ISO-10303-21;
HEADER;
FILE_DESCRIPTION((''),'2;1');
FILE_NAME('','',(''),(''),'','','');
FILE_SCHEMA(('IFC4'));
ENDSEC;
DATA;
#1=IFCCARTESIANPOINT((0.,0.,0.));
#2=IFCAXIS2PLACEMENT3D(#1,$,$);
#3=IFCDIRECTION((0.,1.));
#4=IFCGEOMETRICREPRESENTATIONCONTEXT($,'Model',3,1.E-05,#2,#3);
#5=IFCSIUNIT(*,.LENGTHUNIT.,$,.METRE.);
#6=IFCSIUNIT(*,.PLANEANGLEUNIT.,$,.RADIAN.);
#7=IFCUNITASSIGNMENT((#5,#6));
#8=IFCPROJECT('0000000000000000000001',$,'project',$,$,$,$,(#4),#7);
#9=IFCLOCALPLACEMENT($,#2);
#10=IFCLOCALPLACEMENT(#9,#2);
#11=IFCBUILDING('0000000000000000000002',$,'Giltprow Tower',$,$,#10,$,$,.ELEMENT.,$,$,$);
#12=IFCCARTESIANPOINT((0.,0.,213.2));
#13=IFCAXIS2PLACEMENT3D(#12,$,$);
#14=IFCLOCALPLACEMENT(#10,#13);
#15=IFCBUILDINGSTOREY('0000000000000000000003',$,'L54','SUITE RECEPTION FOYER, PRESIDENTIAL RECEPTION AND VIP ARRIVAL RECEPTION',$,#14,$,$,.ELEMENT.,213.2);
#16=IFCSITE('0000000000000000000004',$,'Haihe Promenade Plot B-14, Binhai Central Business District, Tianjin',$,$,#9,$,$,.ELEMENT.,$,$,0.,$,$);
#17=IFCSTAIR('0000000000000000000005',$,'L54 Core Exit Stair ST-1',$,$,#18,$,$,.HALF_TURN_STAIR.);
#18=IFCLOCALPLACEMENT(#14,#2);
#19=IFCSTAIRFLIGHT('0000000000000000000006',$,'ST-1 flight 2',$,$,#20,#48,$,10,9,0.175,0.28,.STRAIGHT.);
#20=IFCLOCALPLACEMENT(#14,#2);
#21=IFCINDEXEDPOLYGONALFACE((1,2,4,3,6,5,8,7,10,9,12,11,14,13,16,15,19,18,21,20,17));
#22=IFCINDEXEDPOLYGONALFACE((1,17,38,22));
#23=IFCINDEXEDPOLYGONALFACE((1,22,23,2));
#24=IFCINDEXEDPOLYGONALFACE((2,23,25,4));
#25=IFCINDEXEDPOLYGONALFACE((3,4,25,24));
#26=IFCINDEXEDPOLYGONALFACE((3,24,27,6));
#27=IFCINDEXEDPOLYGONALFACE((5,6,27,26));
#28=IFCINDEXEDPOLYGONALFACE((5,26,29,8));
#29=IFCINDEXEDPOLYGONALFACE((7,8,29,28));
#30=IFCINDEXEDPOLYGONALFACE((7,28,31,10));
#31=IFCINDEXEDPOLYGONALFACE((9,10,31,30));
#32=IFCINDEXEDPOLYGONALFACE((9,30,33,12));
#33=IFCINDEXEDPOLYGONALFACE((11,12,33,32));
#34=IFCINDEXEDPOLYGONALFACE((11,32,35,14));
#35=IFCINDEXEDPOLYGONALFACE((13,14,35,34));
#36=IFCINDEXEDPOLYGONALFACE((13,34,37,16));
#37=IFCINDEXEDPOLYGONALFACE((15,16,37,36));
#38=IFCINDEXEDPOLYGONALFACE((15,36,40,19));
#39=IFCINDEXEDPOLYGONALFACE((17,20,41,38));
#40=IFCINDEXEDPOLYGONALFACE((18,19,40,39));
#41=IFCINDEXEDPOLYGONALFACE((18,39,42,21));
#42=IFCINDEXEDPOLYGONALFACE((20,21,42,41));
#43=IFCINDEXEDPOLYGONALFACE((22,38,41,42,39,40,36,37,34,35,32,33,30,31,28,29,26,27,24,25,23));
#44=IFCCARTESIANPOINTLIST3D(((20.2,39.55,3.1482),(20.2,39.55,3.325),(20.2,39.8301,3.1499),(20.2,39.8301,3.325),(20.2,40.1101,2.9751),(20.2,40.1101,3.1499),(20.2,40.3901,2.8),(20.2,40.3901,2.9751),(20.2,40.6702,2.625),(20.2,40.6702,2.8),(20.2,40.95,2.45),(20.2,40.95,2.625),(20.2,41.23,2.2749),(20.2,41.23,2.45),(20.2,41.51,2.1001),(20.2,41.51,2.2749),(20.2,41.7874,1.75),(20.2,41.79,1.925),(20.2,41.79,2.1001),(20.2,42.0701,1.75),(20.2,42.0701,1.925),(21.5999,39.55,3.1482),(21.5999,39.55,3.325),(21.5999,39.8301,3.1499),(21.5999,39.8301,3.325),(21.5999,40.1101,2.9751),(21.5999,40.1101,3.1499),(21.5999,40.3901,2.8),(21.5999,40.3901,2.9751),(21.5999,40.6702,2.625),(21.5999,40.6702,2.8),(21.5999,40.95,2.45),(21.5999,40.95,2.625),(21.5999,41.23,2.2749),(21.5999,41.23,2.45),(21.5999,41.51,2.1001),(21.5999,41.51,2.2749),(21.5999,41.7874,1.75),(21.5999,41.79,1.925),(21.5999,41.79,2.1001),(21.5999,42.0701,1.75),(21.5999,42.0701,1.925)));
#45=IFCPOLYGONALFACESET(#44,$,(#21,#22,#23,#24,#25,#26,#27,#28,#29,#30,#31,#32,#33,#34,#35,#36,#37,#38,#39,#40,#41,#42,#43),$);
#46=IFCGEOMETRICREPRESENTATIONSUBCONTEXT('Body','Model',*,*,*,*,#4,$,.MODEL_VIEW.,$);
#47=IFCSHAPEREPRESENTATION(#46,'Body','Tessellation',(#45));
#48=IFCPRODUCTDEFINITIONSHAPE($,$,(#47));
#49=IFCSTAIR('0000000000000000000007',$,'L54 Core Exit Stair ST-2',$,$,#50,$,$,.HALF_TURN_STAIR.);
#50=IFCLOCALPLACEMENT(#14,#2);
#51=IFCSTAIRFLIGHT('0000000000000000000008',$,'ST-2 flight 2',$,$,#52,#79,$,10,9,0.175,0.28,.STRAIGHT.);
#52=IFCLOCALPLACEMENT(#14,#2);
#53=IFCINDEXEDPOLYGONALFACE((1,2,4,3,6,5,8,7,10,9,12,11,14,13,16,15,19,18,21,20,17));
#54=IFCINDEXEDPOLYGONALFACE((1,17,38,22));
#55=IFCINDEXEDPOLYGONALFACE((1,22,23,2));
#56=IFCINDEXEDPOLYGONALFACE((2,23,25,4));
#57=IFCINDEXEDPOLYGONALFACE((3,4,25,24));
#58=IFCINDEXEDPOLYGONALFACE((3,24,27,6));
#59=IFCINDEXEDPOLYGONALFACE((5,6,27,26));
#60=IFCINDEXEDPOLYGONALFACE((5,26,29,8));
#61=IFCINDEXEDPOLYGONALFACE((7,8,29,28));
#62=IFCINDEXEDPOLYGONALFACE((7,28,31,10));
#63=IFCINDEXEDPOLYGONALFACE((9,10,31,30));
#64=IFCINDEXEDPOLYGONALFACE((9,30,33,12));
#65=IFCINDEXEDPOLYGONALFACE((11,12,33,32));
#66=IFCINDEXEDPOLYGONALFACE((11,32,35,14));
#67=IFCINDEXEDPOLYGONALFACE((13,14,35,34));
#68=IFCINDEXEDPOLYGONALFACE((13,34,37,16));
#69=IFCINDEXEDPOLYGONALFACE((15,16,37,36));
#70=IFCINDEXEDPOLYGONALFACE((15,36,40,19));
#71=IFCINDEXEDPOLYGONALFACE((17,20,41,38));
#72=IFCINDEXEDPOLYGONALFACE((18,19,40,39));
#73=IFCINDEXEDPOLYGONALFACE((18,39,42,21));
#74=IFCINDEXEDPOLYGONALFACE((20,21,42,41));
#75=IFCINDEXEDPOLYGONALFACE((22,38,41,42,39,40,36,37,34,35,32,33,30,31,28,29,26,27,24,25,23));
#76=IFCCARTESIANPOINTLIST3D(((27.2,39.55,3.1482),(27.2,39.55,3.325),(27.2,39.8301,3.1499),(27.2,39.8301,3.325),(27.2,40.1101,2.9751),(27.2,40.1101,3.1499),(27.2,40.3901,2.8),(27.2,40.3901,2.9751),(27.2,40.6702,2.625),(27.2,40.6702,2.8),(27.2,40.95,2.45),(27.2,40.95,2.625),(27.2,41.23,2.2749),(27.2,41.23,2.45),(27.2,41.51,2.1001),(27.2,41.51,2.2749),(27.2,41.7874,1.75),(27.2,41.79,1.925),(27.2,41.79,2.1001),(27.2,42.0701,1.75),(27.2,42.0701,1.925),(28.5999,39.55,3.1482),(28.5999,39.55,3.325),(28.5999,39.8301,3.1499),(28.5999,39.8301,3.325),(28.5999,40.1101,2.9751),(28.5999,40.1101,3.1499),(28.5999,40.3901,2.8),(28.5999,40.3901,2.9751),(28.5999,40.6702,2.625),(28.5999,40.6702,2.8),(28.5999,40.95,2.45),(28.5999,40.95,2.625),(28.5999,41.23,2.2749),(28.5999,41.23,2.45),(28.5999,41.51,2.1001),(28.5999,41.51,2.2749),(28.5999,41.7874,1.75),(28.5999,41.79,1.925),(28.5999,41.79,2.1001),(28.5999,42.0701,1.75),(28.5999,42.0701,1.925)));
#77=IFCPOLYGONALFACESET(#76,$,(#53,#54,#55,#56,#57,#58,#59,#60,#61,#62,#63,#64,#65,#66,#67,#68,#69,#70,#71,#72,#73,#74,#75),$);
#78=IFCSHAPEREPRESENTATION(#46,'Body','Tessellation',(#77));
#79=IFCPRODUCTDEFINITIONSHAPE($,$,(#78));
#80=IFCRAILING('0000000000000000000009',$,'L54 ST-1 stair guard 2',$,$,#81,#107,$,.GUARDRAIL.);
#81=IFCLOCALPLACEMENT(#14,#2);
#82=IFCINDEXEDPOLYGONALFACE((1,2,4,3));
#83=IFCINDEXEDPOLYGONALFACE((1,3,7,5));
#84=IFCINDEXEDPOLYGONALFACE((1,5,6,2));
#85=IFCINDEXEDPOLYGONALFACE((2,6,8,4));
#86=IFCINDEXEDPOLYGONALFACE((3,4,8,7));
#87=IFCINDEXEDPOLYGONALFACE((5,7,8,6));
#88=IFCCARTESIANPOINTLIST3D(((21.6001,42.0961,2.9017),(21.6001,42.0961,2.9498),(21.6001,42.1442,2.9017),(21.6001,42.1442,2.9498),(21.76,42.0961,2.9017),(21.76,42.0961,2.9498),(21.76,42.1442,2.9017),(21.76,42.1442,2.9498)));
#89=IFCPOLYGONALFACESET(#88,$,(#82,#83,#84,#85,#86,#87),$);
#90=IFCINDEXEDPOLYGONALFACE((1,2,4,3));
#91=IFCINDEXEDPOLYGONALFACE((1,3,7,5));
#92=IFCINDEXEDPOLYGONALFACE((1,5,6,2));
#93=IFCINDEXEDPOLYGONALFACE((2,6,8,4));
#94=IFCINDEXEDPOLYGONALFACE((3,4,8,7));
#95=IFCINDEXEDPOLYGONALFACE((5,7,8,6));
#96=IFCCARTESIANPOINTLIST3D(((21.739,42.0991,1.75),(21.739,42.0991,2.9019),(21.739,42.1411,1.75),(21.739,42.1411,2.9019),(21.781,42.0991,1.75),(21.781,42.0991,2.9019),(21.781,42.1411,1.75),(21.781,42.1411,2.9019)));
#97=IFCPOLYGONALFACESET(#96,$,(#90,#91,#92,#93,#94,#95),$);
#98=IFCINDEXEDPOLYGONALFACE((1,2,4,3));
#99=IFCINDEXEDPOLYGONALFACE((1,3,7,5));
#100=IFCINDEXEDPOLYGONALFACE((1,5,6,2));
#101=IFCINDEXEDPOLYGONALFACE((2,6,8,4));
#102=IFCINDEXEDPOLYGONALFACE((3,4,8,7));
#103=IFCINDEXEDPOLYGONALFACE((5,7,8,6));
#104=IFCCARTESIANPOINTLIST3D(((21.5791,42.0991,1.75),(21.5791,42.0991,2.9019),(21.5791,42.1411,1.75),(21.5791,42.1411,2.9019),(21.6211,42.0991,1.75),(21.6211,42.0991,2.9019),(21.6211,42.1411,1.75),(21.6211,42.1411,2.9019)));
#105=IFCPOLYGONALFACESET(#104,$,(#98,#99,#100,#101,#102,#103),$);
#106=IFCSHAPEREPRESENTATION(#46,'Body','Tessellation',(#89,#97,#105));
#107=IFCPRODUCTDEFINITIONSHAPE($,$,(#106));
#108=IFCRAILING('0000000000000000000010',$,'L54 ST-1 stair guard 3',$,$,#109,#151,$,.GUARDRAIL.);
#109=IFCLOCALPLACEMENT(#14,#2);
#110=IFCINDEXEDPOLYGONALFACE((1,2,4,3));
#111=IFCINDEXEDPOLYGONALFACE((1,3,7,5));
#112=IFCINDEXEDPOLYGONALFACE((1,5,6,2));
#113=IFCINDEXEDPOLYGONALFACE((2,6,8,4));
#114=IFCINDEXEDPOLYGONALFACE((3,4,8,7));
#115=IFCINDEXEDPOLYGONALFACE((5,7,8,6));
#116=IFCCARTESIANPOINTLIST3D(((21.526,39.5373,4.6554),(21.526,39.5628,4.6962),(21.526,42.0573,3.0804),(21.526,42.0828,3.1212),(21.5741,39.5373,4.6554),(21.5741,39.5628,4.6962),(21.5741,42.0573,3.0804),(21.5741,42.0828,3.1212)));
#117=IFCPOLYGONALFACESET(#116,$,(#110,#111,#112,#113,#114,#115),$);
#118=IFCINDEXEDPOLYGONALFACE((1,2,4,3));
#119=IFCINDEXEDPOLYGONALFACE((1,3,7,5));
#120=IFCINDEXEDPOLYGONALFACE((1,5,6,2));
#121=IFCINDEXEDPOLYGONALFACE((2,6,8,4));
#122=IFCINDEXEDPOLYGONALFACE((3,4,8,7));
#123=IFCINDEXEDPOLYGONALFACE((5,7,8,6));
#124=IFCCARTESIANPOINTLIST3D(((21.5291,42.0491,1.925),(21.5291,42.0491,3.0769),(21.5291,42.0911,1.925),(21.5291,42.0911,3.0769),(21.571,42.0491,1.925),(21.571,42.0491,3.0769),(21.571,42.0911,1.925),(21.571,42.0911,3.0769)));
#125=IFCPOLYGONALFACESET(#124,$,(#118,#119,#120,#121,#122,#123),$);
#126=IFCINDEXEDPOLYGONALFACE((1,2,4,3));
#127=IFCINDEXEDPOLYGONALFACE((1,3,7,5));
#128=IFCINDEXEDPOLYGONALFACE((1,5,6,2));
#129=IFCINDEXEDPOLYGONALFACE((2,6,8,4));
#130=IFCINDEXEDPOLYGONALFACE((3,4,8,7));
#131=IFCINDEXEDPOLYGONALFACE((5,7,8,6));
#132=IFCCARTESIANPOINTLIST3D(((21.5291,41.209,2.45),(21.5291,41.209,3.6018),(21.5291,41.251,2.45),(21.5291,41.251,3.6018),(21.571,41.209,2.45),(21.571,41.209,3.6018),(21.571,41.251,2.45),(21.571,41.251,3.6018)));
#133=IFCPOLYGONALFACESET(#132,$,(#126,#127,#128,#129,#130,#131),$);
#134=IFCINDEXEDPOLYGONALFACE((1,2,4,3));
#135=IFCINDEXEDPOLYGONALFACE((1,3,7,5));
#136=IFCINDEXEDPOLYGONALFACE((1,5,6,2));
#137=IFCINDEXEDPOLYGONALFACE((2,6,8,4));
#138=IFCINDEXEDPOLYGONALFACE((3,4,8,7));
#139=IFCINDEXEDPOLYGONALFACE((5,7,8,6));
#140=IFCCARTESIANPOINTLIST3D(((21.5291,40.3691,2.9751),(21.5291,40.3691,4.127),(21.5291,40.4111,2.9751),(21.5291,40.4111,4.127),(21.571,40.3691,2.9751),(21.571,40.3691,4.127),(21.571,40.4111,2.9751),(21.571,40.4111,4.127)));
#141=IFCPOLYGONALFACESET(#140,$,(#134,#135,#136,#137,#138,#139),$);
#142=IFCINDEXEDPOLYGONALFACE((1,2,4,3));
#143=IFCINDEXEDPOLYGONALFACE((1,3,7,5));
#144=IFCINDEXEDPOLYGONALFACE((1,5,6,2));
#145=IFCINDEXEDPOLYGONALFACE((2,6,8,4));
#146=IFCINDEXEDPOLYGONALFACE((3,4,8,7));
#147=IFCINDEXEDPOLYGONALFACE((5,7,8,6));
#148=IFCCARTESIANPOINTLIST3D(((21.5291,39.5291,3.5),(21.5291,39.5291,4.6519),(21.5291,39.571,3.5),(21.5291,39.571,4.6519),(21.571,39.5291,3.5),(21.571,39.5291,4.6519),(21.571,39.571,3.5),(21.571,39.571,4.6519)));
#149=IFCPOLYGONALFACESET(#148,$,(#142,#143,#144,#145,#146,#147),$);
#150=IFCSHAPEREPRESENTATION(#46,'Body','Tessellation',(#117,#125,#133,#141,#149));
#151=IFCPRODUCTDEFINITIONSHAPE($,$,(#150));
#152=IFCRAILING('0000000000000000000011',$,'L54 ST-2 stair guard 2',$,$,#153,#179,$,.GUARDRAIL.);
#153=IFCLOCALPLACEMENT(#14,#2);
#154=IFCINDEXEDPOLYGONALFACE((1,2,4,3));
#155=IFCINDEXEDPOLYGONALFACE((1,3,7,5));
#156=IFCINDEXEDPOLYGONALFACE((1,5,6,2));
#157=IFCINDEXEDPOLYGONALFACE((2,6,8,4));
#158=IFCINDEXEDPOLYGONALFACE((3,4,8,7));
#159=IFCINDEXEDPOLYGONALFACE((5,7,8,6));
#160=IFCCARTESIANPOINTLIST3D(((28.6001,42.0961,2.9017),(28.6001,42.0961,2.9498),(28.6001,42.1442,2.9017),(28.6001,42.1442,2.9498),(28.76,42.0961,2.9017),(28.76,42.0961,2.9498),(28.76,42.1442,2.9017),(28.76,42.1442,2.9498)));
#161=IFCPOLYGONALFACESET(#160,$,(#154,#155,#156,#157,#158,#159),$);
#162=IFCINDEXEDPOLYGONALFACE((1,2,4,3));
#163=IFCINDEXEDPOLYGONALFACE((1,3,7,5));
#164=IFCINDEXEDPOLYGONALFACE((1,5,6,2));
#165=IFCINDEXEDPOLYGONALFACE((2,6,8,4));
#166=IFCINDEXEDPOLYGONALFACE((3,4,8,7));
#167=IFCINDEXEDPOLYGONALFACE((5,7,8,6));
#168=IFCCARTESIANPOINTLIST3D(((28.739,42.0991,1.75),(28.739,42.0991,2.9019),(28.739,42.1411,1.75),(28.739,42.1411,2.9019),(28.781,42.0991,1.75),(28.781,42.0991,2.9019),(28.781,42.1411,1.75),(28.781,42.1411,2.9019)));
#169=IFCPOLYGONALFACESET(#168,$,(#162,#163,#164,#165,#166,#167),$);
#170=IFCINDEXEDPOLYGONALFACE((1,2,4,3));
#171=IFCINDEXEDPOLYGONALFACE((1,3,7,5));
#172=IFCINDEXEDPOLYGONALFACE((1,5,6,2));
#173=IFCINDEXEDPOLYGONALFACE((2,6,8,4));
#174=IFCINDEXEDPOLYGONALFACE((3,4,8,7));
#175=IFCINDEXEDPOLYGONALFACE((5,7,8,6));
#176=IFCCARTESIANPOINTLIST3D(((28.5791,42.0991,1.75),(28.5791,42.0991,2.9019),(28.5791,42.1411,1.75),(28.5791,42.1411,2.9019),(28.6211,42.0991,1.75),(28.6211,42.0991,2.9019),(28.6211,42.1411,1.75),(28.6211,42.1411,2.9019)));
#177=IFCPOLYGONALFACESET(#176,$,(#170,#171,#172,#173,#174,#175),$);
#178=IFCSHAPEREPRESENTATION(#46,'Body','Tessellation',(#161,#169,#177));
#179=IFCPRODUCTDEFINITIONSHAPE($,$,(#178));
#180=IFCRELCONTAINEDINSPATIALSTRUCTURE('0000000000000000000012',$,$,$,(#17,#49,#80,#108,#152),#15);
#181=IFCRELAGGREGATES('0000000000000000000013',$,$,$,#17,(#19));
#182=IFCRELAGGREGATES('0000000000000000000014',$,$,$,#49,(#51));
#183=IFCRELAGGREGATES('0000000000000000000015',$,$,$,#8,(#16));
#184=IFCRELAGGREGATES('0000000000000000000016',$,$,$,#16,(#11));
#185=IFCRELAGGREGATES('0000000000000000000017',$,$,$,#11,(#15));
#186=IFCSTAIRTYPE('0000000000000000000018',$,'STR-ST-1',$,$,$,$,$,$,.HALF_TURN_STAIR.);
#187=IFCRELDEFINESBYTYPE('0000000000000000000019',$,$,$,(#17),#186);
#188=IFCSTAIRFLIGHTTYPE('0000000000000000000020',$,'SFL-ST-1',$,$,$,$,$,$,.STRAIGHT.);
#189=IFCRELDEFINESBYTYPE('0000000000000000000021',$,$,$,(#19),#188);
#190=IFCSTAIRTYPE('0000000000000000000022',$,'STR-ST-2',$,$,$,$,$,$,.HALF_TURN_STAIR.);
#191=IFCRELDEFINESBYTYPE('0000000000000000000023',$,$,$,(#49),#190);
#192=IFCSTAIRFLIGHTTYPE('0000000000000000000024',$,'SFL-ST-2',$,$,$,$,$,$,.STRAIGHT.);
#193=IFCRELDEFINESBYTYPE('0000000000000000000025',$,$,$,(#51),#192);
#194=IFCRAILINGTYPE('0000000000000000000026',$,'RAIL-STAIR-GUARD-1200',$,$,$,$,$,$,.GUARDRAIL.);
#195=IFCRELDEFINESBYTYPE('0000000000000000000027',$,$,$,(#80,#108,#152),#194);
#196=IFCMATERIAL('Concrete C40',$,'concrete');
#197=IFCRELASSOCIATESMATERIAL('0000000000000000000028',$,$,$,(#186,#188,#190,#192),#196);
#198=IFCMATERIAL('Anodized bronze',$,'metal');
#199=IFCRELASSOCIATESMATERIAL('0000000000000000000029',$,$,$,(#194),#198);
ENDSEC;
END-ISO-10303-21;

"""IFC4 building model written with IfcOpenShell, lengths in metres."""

from ifc_helpers import new_model, si_unit, direction, frame, origin, origin_2d, place, context, subcontext, project, spatial, polyline, rectangle, outline, extrude, material, type_object, element, aggregate, save


model = new_model("IFC4")

# Units and contexts
model_context = context("Model", 3, precision=1e-05, world=origin(), true_north=direction((0.0, 1.0)))
body_context = subcontext(model_context, "Body", "Model", "MODEL_VIEW")
ifc_project = project(units=[si_unit("LENGTHUNIT", "METRE"), si_unit("PLANEANGLEUNIT", "RADIAN")], contexts=[model_context])

# Site, building, storey
site_placement = place(None, origin())
site = spatial("IfcSite", under=ifc_project, at=site_placement, Name="Haihe Promenade Plot B-14, Binhai Central Business District, Tianjin", CompositionType="ELEMENT", RefElevation=0.0)
building_placement = place(site_placement, origin())
building = spatial("IfcBuilding", under=site, at=building_placement, Name="Giltprow Tower", CompositionType="ELEMENT")
storey_placement = place(building_placement, frame((0.0, 0.0, 213.2)))
storey = spatial("IfcBuildingStorey", under=building, at=storey_placement, Name="L54", Description="SUITE RECEPTION FOYER, PRESIDENTIAL RECEPTION AND VIP ARRIVAL RECEPTION", CompositionType="ELEMENT", Elevation=213.2)

# Shared definitions
ifc_material_1 = material(Name="Concrete C40", Category="concrete")

# Stairs, stair flights
stair_type_1 = type_object("IfcStairType", Name="STR-ST-1", PredefinedType="HALF_TURN_STAIR", material=ifc_material_1)
stair_1_placement = place(storey_placement, origin())
stair_1 = element("IfcStair", 1, at=stair_1_placement, inside=storey, type_object=stair_type_1, Name="L54 Core Exit Stair ST-1", PredefinedType="HALF_TURN_STAIR")
stair_flight_type_1 = type_object("IfcStairFlightType", Name="SFL-ST-1", PredefinedType="STRAIGHT", material=ifc_material_1)
stair_flight_1_placement = place(storey_placement, frame((20.8999, 42.0701, 1.75), z_axis=(0.0, 0.0, 1.0), x_axis=(0.0, -1.0, 0.0)))
stair_flight_1 = element("IfcStairFlight", 2, at=stair_flight_1_placement, type_object=stair_flight_type_1, Name="ST-1 flight 2", NumberOfRisers=10, NumberOfTreads=9, PredefinedType="STRAIGHT", RiserHeight=0.175, TreadLength=0.28, context=body_context, shape_type="SweptSolid", body=[
    extrude(outline(polyline([(0.0, 0.0), (0.0, 0.175), (0.28, 0.175), (0.28, 0.3501), (0.5601, 0.3501), (0.5601, 0.5249), (0.8401, 0.5249), (0.8401, 0.7), (1.1201, 0.7), (1.1201, 0.875), (1.3999, 0.875), (1.3999, 1.05), (1.6799, 1.05), (1.6799, 1.2251), (1.96, 1.2251), (1.96, 1.3999), (2.24, 1.3999), (2.24, 1.575), (2.52, 1.575), (2.52, 1.75), (2.52, 1.3982), (0.2827, 0.0), (0.0, 0.0)])), frame((0.0, 0.7, 0.0), z_axis=(0.0, -1.0, 0.0), x_axis=(1.0, 0.0, 0.0)), (0.0, 0.0, 1.0), 1.3999),
])
aggregate(stair_1, [stair_flight_1])
stair_type_2 = type_object("IfcStairType", Name="STR-ST-2", PredefinedType="HALF_TURN_STAIR", material=ifc_material_1)
stair_2_placement = place(storey_placement, origin())
stair_2 = element("IfcStair", 3, at=stair_2_placement, inside=storey, type_object=stair_type_2, Name="L54 Core Exit Stair ST-2", PredefinedType="HALF_TURN_STAIR")
stair_flight_type_2 = type_object("IfcStairFlightType", Name="SFL-ST-2", PredefinedType="STRAIGHT", material=ifc_material_1)
stair_flight_2_placement = place(storey_placement, frame((27.8999, 42.0701, 1.75), z_axis=(0.0, 0.0, 1.0), x_axis=(0.0, -1.0, 0.0)))
stair_flight_2 = element("IfcStairFlight", 4, at=stair_flight_2_placement, type_object=stair_flight_type_2, Name="ST-2 flight 2", NumberOfRisers=10, NumberOfTreads=9, PredefinedType="STRAIGHT", RiserHeight=0.175, TreadLength=0.28, context=body_context, shape_type="SweptSolid", body=[
    extrude(outline(polyline([(0.0, 0.0), (0.0, 0.175), (0.28, 0.175), (0.28, 0.3501), (0.5601, 0.3501), (0.5601, 0.5249), (0.8401, 0.5249), (0.8401, 0.7), (1.1201, 0.7), (1.1201, 0.875), (1.3999, 0.875), (1.3999, 1.05), (1.6799, 1.05), (1.6799, 1.2251), (1.96, 1.2251), (1.96, 1.3999), (2.24, 1.3999), (2.24, 1.575), (2.52, 1.575), (2.52, 1.75), (2.52, 1.3982), (0.2827, 0.0), (0.0, 0.0)])), frame((0.0, 0.7, 0.0), z_axis=(0.0, -1.0, 0.0), x_axis=(1.0, 0.0, 0.0)), (0.0, 0.0, 1.0), 1.3999),
])
aggregate(stair_2, [stair_flight_2])

# Railings
ifc_material_2 = material(Name="Anodized bronze", Category="metal")
railing_type_1 = type_object("IfcRailingType", Name="RAIL-STAIR-GUARD-1200", PredefinedType="GUARDRAIL", material=ifc_material_2)
railing_1_placement = place(storey_placement, frame((21.76, 42.1201, 1.75)))
element("IfcRailing", 5, at=railing_1_placement, inside=storey, type_object=railing_type_1, Name="L54 ST-1 stair guard 2", PredefinedType="GUARDRAIL", context=body_context, shape_type="SweptSolid", body=[
    extrude(rectangle(XDim=0.0481, YDim=0.0481, at=origin_2d()), frame((0.0, 0.0, 1.1758), z_axis=(-1.0, 0.0, 0.0), x_axis=(0.0, -1.0, 0.0)), (0.0, 0.0, 1.0), 0.1599),
    extrude(rectangle(XDim=0.042, YDim=0.042, at=origin_2d()), origin(), (0.0, 0.0, 1.0), 1.1519),
    extrude(rectangle(XDim=0.042, YDim=0.042, at=origin_2d()), frame((-0.1599, 0.0, 0.0)), (0.0, 0.0, 1.0), 1.1519),
])
railing_2_placement = place(storey_placement, frame((21.55, 42.0701, 1.925)))
element("IfcRailing", 6, at=railing_2_placement, inside=storey, type_object=railing_type_1, Name="L54 ST-1 stair guard 3", PredefinedType="GUARDRAIL", context=body_context, shape_type="SweptSolid", body=[
    extrude(rectangle(XDim=0.0481, YDim=0.0481, at=origin_2d()), frame((0.0, 0.0, 1.1758), z_axis=(0.0, -0.848008, 0.529984), x_axis=(1.0, 0.0, 0.0)), (0.0, 0.0, 1.0), 2.9717),
    extrude(rectangle(XDim=0.042, YDim=0.042, at=origin_2d()), origin(), (0.0, 0.0, 1.0), 1.1519),
    extrude(rectangle(XDim=0.042, YDim=0.042, at=origin_2d()), frame((0.0, -0.8401, 0.5249)), (0.0, 0.0, 1.0), 1.1519),
    extrude(rectangle(XDim=0.042, YDim=0.042, at=origin_2d()), frame((0.0, -1.6799, 1.05)), (0.0, 0.0, 1.0), 1.1519),
    extrude(rectangle(XDim=0.042, YDim=0.042, at=origin_2d()), frame((0.0, -2.52, 1.575)), (0.0, 0.0, 1.0), 1.1519),
])
railing_3_placement = place(storey_placement, frame((28.76, 42.1201, 1.75)))
element("IfcRailing", 7, at=railing_3_placement, inside=storey, type_object=railing_type_1, Name="L54 ST-2 stair guard 2", PredefinedType="GUARDRAIL", context=body_context, shape_type="SweptSolid", body=[
    extrude(rectangle(XDim=0.0481, YDim=0.0481, at=origin_2d()), frame((0.0, 0.0, 1.1758), z_axis=(-1.0, 0.0, 0.0), x_axis=(0.0, -1.0, 0.0)), (0.0, 0.0, 1.0), 0.1599),
    extrude(rectangle(XDim=0.042, YDim=0.042, at=origin_2d()), origin(), (0.0, 0.0, 1.0), 1.1519),
    extrude(rectangle(XDim=0.042, YDim=0.042, at=origin_2d()), frame((-0.1599, 0.0, 0.0)), (0.0, 0.0, 1.0), 1.1519),
])

save(model, "model.ifc")
